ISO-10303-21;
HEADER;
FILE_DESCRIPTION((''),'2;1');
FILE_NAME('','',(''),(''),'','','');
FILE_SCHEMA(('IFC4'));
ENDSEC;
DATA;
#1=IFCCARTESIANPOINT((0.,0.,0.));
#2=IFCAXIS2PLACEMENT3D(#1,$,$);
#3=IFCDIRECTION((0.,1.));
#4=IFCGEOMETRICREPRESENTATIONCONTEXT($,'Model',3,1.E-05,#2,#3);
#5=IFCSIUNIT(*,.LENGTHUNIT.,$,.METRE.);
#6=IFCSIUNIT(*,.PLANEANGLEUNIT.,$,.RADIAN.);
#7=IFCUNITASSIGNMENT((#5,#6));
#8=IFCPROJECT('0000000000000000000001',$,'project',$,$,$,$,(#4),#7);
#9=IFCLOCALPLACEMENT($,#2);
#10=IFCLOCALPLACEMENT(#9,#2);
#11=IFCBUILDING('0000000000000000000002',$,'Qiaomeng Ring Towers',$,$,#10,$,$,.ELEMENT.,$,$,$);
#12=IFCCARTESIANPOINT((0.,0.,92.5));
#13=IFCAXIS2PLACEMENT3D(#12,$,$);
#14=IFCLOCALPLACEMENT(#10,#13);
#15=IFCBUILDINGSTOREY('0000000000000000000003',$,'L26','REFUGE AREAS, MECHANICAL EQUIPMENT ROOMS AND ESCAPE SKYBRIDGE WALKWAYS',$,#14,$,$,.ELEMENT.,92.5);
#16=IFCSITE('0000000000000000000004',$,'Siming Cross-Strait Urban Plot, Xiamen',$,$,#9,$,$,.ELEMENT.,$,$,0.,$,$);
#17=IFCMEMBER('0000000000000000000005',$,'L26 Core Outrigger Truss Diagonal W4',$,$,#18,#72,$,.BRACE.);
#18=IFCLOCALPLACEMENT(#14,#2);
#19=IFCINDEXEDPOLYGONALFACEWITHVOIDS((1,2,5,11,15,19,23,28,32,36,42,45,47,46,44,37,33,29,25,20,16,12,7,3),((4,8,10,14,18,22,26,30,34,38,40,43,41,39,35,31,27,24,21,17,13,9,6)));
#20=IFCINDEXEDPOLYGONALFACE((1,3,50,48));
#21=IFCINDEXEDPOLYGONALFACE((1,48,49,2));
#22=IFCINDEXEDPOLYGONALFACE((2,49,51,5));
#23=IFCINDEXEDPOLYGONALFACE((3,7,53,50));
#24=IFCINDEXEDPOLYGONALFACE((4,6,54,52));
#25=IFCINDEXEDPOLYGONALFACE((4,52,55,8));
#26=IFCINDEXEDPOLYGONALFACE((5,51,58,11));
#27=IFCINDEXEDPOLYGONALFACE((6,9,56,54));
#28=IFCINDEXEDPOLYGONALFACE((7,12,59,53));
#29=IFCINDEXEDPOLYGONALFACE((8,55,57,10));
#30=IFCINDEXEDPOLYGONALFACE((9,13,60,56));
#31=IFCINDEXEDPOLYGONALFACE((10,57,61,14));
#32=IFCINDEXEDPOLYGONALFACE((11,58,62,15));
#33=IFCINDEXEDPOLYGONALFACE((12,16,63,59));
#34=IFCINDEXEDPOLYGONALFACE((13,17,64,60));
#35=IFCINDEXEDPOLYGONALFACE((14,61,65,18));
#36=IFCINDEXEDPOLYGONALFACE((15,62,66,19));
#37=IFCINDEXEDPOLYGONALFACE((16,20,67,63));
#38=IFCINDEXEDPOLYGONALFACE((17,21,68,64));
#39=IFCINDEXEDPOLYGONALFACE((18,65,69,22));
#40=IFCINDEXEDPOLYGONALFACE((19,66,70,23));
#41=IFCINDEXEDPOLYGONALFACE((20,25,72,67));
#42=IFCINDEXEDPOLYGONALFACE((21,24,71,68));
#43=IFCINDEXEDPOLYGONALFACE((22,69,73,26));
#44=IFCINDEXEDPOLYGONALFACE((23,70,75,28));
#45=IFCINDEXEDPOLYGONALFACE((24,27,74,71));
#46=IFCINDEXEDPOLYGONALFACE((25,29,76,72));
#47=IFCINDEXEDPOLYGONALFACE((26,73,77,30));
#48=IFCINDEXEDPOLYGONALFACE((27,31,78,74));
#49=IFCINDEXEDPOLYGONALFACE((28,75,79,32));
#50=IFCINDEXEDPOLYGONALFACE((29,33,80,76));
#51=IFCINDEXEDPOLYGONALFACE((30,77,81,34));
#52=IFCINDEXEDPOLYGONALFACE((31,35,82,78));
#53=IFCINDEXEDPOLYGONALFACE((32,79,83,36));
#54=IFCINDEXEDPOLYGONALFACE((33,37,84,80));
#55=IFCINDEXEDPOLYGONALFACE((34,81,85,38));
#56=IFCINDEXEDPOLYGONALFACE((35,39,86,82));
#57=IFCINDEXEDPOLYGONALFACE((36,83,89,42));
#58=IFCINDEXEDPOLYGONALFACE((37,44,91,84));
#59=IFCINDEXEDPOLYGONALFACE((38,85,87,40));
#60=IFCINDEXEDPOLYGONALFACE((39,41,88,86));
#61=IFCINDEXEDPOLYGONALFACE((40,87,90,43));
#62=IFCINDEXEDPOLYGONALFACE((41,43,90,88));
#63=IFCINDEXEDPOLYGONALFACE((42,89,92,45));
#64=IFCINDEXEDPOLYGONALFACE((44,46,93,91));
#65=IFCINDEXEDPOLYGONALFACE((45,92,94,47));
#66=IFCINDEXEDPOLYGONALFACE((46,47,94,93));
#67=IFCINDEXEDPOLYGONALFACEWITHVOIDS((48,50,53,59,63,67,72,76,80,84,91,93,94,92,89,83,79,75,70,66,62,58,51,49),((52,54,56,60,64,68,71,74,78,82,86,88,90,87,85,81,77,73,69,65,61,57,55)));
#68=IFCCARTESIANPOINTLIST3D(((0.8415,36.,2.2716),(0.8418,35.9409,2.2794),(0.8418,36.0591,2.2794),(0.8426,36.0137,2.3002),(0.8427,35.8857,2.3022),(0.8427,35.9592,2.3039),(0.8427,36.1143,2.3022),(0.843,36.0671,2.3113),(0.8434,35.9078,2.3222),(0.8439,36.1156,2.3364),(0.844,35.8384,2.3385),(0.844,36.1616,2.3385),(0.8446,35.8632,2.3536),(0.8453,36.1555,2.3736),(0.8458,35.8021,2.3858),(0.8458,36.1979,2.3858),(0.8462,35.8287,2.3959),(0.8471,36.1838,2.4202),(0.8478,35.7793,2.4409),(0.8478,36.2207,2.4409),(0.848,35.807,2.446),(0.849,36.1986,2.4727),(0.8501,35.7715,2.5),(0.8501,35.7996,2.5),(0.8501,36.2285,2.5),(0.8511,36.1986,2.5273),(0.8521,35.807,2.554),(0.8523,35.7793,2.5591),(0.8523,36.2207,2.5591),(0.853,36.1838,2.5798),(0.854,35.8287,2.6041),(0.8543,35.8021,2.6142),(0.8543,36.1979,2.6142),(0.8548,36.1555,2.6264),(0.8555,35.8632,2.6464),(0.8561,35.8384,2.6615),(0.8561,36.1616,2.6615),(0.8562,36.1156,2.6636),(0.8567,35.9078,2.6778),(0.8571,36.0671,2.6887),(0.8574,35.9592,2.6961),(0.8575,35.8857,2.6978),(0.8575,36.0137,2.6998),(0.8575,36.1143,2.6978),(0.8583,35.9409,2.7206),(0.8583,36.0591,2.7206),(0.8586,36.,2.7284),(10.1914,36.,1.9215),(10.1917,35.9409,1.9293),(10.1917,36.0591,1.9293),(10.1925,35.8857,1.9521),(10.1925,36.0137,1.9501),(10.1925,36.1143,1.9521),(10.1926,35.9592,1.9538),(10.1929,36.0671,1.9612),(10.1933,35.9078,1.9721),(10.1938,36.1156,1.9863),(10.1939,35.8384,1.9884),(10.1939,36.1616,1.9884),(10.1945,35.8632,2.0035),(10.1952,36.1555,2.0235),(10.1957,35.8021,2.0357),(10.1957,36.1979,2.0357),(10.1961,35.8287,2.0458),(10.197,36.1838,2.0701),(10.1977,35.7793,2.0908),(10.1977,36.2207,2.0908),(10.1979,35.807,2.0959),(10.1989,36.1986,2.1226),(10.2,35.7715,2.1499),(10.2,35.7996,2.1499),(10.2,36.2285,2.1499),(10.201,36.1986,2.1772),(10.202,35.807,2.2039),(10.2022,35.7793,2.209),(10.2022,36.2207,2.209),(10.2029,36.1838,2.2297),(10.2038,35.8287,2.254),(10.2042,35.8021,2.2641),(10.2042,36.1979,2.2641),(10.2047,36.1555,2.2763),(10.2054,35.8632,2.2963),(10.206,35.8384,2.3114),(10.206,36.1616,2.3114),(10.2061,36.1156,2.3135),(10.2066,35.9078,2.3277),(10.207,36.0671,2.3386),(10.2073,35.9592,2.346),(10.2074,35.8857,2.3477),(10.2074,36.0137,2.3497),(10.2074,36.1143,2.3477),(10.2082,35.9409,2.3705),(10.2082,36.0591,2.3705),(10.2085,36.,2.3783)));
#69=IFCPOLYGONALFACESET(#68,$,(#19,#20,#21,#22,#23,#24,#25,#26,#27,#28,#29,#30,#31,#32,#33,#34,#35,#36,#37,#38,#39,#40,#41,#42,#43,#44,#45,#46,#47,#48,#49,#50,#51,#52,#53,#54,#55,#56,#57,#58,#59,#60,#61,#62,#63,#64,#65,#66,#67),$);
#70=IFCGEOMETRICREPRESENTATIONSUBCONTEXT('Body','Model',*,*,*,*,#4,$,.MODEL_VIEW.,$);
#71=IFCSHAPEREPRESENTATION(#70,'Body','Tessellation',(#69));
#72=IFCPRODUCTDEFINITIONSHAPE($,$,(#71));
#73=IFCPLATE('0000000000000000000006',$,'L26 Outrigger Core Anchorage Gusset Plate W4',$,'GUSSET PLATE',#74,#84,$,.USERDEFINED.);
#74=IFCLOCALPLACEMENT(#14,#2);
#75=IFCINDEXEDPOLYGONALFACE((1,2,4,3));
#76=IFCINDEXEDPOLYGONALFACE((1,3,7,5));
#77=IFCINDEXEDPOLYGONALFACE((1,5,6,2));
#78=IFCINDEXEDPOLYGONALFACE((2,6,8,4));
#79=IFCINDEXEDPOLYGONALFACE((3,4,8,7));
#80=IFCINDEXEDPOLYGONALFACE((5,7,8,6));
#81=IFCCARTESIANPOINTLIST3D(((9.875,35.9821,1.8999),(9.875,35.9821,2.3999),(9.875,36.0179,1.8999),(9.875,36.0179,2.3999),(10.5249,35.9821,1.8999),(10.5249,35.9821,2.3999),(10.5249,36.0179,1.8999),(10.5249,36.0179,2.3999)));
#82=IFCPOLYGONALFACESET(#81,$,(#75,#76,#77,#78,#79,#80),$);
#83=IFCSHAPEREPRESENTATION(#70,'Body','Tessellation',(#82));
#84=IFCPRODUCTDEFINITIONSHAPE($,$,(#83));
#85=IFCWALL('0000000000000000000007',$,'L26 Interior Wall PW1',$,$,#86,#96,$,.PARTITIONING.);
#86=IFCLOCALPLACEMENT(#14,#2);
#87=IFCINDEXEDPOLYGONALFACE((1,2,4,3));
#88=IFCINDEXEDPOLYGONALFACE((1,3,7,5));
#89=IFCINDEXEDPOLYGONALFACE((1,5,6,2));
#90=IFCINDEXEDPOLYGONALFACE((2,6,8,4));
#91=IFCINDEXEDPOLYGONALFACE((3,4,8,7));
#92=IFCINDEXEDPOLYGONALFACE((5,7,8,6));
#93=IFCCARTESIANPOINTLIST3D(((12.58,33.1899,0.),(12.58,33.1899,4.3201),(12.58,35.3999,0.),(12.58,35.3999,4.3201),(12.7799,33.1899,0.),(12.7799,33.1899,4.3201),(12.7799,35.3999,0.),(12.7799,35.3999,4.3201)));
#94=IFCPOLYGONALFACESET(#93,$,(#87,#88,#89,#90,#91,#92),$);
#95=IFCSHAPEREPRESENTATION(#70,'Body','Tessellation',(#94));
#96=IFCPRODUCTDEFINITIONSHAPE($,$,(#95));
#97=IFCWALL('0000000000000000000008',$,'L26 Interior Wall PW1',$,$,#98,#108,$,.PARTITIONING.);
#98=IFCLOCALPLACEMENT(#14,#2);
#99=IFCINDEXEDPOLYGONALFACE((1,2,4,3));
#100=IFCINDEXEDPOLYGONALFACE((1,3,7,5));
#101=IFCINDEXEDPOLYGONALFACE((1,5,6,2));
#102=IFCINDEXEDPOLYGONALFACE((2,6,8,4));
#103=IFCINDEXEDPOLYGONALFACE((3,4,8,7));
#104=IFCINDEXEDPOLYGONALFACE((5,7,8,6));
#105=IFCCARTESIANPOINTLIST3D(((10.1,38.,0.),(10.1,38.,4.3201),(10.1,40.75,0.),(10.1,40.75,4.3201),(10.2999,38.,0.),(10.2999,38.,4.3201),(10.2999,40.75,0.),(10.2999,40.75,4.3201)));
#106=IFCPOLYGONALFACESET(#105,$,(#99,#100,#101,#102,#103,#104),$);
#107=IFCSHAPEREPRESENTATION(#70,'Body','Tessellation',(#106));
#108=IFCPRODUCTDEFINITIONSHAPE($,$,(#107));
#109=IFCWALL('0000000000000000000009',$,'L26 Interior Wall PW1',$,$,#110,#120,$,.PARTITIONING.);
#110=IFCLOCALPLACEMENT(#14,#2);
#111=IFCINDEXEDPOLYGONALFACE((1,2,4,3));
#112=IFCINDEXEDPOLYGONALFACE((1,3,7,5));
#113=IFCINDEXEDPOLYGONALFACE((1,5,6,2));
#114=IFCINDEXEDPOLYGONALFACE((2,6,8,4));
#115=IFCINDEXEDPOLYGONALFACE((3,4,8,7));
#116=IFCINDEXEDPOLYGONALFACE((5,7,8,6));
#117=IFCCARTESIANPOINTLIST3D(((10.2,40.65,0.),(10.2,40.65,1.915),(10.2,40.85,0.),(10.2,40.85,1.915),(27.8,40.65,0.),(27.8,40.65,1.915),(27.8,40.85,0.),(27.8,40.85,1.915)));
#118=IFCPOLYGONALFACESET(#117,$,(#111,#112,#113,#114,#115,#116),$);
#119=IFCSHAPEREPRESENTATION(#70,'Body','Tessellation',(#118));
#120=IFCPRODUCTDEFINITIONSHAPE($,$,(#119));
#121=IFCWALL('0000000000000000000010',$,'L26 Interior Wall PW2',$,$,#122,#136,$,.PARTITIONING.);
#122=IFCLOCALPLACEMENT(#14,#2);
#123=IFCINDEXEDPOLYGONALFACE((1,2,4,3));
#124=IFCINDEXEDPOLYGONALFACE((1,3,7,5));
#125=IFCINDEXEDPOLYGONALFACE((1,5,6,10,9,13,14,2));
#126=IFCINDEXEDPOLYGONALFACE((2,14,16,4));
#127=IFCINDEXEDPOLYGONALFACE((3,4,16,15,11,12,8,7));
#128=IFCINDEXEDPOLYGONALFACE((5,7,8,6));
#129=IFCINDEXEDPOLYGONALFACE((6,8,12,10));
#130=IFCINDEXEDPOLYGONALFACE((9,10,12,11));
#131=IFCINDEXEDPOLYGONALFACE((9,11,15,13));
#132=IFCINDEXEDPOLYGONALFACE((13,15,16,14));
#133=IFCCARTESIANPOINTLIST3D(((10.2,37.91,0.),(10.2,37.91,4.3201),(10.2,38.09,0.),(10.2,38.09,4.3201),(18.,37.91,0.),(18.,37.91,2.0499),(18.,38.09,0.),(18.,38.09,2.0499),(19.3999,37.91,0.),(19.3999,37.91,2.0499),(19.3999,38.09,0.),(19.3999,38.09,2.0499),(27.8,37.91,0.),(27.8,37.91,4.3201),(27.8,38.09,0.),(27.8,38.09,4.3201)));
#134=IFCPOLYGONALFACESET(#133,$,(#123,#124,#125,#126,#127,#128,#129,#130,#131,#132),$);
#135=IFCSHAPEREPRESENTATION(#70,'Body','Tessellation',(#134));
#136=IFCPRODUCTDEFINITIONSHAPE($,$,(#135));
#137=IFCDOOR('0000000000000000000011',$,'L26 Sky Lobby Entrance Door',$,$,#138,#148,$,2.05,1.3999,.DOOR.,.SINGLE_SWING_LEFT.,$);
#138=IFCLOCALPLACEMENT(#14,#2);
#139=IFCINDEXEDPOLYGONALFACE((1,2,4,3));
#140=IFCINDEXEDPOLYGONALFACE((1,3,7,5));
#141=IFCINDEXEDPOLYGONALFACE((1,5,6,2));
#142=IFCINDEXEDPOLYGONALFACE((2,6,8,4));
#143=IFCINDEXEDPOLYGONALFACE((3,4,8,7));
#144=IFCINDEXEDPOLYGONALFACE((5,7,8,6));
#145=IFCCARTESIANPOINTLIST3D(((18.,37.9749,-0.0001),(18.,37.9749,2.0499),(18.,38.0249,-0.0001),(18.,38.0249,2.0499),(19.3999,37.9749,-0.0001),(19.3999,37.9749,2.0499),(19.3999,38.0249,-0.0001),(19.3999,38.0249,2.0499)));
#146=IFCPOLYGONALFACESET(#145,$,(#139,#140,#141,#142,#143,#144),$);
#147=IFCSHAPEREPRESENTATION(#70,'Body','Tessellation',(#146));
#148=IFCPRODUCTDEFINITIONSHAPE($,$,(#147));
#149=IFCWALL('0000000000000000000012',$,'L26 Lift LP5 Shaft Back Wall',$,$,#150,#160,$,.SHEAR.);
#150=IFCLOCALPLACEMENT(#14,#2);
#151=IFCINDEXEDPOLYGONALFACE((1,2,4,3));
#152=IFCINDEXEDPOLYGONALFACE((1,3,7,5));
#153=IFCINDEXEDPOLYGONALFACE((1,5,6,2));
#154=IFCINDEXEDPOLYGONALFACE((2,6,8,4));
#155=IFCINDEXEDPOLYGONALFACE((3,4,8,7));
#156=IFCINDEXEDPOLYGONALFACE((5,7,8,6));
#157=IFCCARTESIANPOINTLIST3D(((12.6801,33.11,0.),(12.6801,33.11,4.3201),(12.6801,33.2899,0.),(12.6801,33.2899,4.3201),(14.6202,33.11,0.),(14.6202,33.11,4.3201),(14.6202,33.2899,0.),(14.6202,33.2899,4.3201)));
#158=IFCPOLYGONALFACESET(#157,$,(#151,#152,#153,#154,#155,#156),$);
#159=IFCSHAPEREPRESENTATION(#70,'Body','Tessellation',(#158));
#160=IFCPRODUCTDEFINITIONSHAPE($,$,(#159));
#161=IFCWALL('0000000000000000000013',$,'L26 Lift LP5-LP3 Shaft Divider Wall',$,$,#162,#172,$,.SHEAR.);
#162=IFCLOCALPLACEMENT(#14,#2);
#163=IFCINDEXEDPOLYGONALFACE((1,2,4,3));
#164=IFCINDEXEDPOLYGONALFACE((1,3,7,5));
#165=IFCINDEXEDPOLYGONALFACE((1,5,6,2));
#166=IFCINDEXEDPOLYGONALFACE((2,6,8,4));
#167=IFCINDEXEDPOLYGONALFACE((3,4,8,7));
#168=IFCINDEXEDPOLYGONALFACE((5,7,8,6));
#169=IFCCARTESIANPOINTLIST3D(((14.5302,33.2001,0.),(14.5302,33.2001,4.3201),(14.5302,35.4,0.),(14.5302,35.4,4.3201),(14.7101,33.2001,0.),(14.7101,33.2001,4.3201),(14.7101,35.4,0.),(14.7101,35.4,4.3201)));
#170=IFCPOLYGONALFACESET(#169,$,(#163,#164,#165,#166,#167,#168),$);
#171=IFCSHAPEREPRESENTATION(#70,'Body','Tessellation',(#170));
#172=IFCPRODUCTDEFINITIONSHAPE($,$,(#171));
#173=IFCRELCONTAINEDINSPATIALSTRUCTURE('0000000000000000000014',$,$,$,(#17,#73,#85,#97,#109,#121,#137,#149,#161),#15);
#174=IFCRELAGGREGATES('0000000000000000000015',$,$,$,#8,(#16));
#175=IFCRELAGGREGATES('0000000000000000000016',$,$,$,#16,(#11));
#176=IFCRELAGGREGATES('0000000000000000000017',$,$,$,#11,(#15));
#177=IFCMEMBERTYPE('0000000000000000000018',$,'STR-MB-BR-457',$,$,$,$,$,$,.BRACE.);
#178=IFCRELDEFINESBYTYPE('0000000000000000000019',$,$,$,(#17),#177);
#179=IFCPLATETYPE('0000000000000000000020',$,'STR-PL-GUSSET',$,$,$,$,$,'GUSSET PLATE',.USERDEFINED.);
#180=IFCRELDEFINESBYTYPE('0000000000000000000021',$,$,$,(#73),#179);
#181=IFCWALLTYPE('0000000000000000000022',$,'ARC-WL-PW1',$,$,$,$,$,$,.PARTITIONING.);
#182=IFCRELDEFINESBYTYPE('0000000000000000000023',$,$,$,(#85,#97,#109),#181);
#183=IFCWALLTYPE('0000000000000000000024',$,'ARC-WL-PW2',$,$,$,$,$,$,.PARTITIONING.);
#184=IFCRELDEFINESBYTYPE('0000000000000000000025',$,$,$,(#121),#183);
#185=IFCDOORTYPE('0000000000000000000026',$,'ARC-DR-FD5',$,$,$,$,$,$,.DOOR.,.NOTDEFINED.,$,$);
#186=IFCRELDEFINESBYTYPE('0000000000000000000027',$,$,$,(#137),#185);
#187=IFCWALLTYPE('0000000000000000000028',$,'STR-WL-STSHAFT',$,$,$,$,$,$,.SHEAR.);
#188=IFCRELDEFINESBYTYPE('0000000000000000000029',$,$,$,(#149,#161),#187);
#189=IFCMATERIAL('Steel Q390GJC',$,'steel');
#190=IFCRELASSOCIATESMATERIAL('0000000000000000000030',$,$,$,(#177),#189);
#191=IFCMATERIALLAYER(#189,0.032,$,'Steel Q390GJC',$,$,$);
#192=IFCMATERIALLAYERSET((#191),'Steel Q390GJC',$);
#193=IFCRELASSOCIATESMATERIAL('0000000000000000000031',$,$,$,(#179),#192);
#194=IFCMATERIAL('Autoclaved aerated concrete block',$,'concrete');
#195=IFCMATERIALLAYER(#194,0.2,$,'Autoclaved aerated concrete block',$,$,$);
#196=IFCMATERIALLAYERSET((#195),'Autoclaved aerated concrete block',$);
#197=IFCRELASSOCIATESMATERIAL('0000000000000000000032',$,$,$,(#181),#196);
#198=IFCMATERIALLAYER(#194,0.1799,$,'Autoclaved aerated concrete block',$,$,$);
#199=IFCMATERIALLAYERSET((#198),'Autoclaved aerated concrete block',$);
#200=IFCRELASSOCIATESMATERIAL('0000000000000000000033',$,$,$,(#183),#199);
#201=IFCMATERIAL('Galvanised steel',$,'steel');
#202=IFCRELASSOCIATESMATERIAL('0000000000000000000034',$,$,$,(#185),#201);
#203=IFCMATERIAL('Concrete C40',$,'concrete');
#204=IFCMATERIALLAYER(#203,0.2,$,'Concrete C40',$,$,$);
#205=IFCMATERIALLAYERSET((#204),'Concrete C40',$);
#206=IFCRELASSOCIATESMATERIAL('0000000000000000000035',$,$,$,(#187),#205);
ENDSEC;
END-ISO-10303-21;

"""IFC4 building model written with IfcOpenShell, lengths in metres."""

from ifc_helpers import new_model, si_unit, direction, frame, frame_2d, origin, origin_2d, place, context, subcontext, project, spatial, rectangle, hollow_circle, extrude, source, transform, mapped, material, layer, layer_set, material_profile, profile_set, type_object, element, fill, save


model = new_model("IFC4")

# Units and contexts
model_context = context("Model", 3, precision=1e-05, world=origin(), true_north=direction((0.0, 1.0)))
body_context = subcontext(model_context, "Body", "Model", "MODEL_VIEW")
ifc_project = project(units=[si_unit("LENGTHUNIT", "METRE"), si_unit("PLANEANGLEUNIT", "RADIAN")], contexts=[model_context])

# Site, building, storey
site_placement = place(None, origin())
site = spatial("IfcSite", under=ifc_project, at=site_placement, Name="Siming Cross-Strait Urban Plot, Xiamen", CompositionType="ELEMENT", RefElevation=0.0)
building_placement = place(site_placement, origin())
building = spatial("IfcBuilding", under=site, at=building_placement, Name="Qiaomeng Ring Towers", CompositionType="ELEMENT")
storey_placement = place(building_placement, frame((0.0, 0.0, 92.5)))
storey = spatial("IfcBuildingStorey", under=building, at=storey_placement, Name="L26", Description="REFUGE AREAS, MECHANICAL EQUIPMENT ROOMS AND ESCAPE SKYBRIDGE WALKWAYS", CompositionType="ELEMENT", Elevation=92.5)

# Shared definitions
ifc_material_1 = material(Name="Steel Q390GJC", Category="steel")

# Member
ifc_material_profile_1 = material_profile(ifc_material_1, hollow_circle(Radius=0.2285, WallThickness=0.0281, at=origin_2d()), Name="CHS 457x28")
ifc_profile_set_1 = profile_set([ifc_material_profile_1], Name="Steel Q390GJC")
member_type = type_object("IfcMemberType", Name="STR-MB-BR-457", PredefinedType="BRACE", material=ifc_profile_set_1)
shared_shape_1 = source(origin(), body_context, "Body", "SweptSolid", [
    extrude(hollow_circle(Radius=0.2285, WallThickness=0.0281, at=origin_2d()), origin(), (0.0, 0.0, 1.0), 9.3564),
])
member_placement = place(storey_placement, frame((10.2, 36.0, 2.1499), z_axis=(-0.9993, 0.0, 0.037418), x_axis=(0.0, -1.0, 0.0)))
element("IfcMember", 1, at=member_placement, inside=storey, type_object=member_type, Name="L26 Core Outrigger Truss Diagonal W4", PredefinedType="BRACE", context=body_context, shape_type="MappedRepresentation", body=[
    mapped(shared_shape_1, transform((0.0, 0.0, 0.0), x_axis=(1.0, 0.0, 0.0), y_axis=(0.0, 1.0, 0.0), z_axis=(0.0, 0.0, 1.0), scale=1.0)),
])

# Plate
ifc_layer_1 = layer(ifc_material_1, 0.032, Name="Steel Q390GJC")
ifc_layer_set_1 = layer_set([ifc_layer_1], Name="Steel Q390GJC")
plate_type = type_object("IfcPlateType", Name="STR-PL-GUSSET", ElementType="GUSSET PLATE", PredefinedType="USERDEFINED", material=ifc_layer_set_1)
shared_shape_2 = source(origin(), body_context, "Body", "SweptSolid", [
    extrude(rectangle(XDim=0.6499, YDim=0.0359, at=origin_2d()), origin(), (0.0, 0.0, 1.0), 0.5),
])
plate_placement = place(storey_placement, frame((10.2, 36.0, 1.8999), z_axis=(0.0, 0.0, 1.0), x_axis=(1.0, 0.0, 0.0)))
element("IfcPlate", 2, at=plate_placement, inside=storey, type_object=plate_type, Name="L26 Outrigger Core Anchorage Gusset Plate W4", ObjectType="GUSSET PLATE", PredefinedType="USERDEFINED", context=body_context, shape_type="MappedRepresentation", body=[
    mapped(shared_shape_2, transform((0.0, 0.0, 0.0), x_axis=(1.0, 0.0, 0.0), y_axis=(0.0, 1.0, 0.0), z_axis=(0.0, 0.0, 1.0), scale=1.0)),
])

# Walls
ifc_material_2 = material(Name="Autoclaved aerated concrete block", Category="concrete")
ifc_layer_2 = layer(ifc_material_2, 0.2, Name="Autoclaved aerated concrete block")
ifc_layer_set_2 = layer_set([ifc_layer_2], Name="Autoclaved aerated concrete block")
wall_type_1 = type_object("IfcWallType", Name="ARC-WL-PW1", PredefinedType="PARTITIONING", material=ifc_layer_set_2)
wall_1_placement = place(storey_placement, frame((12.6799, 33.1899, 0.0), z_axis=(0.0, 0.0, 1.0), x_axis=(0.0, 1.0, 0.0)))
element("IfcWall", 3, at=wall_1_placement, inside=storey, type_object=wall_type_1, Name="L26 Interior Wall PW1", PredefinedType="PARTITIONING", context=body_context, shape_type="SweptSolid", body=[
    extrude(rectangle(XDim=2.21, YDim=0.2, at=frame_2d((1.105, 0.0))), origin(), (0.0, 0.0, 1.0), 4.3201),
])
wall_2_placement = place(storey_placement, frame((10.2, 38.0, 0.0), z_axis=(0.0, 0.0, 1.0), x_axis=(0.0, 1.0, 0.0)))
element("IfcWall", 4, at=wall_2_placement, inside=storey, type_object=wall_type_1, Name="L26 Interior Wall PW1", PredefinedType="PARTITIONING", context=body_context, shape_type="SweptSolid", body=[
    extrude(rectangle(XDim=2.75, YDim=0.2, at=frame_2d((1.375, 0.0))), origin(), (0.0, 0.0, 1.0), 4.3201),
])
wall_3_placement = place(storey_placement, frame((10.2, 40.75, 0.0), z_axis=(0.0, 0.0, 1.0), x_axis=(1.0, 0.0, 0.0)))
element("IfcWall", 5, at=wall_3_placement, inside=storey, type_object=wall_type_1, Name="L26 Interior Wall PW1", PredefinedType="PARTITIONING", context=body_context, shape_type="SweptSolid", body=[
    extrude(rectangle(XDim=17.6001, YDim=0.2, at=frame_2d((8.8, 0.0))), origin(), (0.0, 0.0, 1.0), 1.915),
])

# Wall, opening, door
ifc_layer_3 = layer(ifc_material_2, 0.1799, Name="Autoclaved aerated concrete block")
ifc_layer_set_3 = layer_set([ifc_layer_3], Name="Autoclaved aerated concrete block")
wall_type_2 = type_object("IfcWallType", Name="ARC-WL-PW2", PredefinedType="PARTITIONING", material=ifc_layer_set_3)
wall_4_placement = place(storey_placement, frame((10.2, 38.0, 0.0), z_axis=(0.0, 0.0, 1.0), x_axis=(1.0, 0.0, 0.0)))
wall_4 = element("IfcWall", 6, at=wall_4_placement, inside=storey, type_object=wall_type_2, Name="L26 Interior Wall PW2", PredefinedType="PARTITIONING", context=body_context, shape_type="SweptSolid", body=[
    extrude(rectangle(XDim=17.6001, YDim=0.1799, at=frame_2d((8.8, 0.0))), origin(), (0.0, 0.0, 1.0), 4.3201),
])
opening_1_placement = place(wall_4_placement, frame((7.8, 0.0, 0.0)))
opening_1 = element("IfcOpeningElement", 7, at=opening_1_placement, cuts=wall_4, PredefinedType="OPENING", context=body_context, shape_type="SweptSolid", body=[
    extrude(rectangle(XDim=1.3999, YDim=2.05, at=frame_2d((0.7, 1.0249))), frame((0.0, 0.0999, 0.0), z_axis=(0.0, -1.0, 0.0), x_axis=(1.0, 0.0, 0.0)), (0.0, 0.0, 1.0), 0.2),
])
ifc_material_3 = material(Name="Galvanised steel", Category="steel")
door_type_1 = type_object("IfcDoorType", Name="ARC-DR-FD5", OperationType="NOTDEFINED", PredefinedType="DOOR", material=ifc_material_3)
shared_shape_3 = source(origin(), body_context, "Body", "SweptSolid", [
    extrude(rectangle(XDim=1.3999, YDim=2.05, at=frame_2d((0.7, 1.0249))), frame((0.0, 0.0249, 0.0), z_axis=(0.0, -1.0, 0.0), x_axis=(1.0, 0.0, 0.0)), (0.0, 0.0, 1.0), 0.05),
])
door_1_placement = place(opening_1_placement, origin())
door_1 = element("IfcDoor", 8, at=door_1_placement, inside=storey, type_object=door_type_1, Name="L26 Sky Lobby Entrance Door", OperationType="SINGLE_SWING_LEFT", OverallHeight=2.05, OverallWidth=1.3999, PredefinedType="DOOR", context=body_context, shape_type="MappedRepresentation", body=[
    mapped(shared_shape_3, transform((0.0, 0.0, 0.0), x_axis=(1.0, 0.0, 0.0), y_axis=(0.0, 1.0, 0.0), z_axis=(0.0, 0.0, 1.0), scale=1.0)),
])
fill(opening_1, door_1)

# Walls
ifc_material_4 = material(Name="Concrete C40", Category="concrete")
ifc_layer_4 = layer(ifc_material_4, 0.2, Name="Concrete C40")
ifc_layer_set_4 = layer_set([ifc_layer_4], Name="Concrete C40")
wall_type_3 = type_object("IfcWallType", Name="STR-WL-STSHAFT", PredefinedType="SHEAR", material=ifc_layer_set_4)
wall_5_placement = place(storey_placement, frame((12.6799, 33.2, 0.0), z_axis=(0.0, 0.0, 1.0), x_axis=(1.0, 0.0, 0.0)))
element("IfcWall", 9, at=wall_5_placement, inside=storey, type_object=wall_type_3, Name="L26 Lift LP5 Shaft Back Wall", PredefinedType="SHEAR", context=body_context, shape_type="SweptSolid", body=[
    extrude(rectangle(XDim=1.9402, YDim=0.1799, at=frame_2d((0.9702, 0.0))), origin(), (0.0, 0.0, 1.0), 4.3201),
])
wall_6_placement = place(storey_placement, frame((14.6201, 33.2, 0.0), z_axis=(0.0, 0.0, 1.0), x_axis=(0.0, 1.0, 0.0)))
element("IfcWall", 10, at=wall_6_placement, inside=storey, type_object=wall_type_3, Name="L26 Lift LP5-LP3 Shaft Divider Wall", PredefinedType="SHEAR", context=body_context, shape_type="SweptSolid", body=[
    extrude(rectangle(XDim=2.2, YDim=0.1799, at=frame_2d((1.1001, 0.0))), origin(), (0.0, 0.0, 1.0), 4.3201),
])

save(model, "model.ifc")
